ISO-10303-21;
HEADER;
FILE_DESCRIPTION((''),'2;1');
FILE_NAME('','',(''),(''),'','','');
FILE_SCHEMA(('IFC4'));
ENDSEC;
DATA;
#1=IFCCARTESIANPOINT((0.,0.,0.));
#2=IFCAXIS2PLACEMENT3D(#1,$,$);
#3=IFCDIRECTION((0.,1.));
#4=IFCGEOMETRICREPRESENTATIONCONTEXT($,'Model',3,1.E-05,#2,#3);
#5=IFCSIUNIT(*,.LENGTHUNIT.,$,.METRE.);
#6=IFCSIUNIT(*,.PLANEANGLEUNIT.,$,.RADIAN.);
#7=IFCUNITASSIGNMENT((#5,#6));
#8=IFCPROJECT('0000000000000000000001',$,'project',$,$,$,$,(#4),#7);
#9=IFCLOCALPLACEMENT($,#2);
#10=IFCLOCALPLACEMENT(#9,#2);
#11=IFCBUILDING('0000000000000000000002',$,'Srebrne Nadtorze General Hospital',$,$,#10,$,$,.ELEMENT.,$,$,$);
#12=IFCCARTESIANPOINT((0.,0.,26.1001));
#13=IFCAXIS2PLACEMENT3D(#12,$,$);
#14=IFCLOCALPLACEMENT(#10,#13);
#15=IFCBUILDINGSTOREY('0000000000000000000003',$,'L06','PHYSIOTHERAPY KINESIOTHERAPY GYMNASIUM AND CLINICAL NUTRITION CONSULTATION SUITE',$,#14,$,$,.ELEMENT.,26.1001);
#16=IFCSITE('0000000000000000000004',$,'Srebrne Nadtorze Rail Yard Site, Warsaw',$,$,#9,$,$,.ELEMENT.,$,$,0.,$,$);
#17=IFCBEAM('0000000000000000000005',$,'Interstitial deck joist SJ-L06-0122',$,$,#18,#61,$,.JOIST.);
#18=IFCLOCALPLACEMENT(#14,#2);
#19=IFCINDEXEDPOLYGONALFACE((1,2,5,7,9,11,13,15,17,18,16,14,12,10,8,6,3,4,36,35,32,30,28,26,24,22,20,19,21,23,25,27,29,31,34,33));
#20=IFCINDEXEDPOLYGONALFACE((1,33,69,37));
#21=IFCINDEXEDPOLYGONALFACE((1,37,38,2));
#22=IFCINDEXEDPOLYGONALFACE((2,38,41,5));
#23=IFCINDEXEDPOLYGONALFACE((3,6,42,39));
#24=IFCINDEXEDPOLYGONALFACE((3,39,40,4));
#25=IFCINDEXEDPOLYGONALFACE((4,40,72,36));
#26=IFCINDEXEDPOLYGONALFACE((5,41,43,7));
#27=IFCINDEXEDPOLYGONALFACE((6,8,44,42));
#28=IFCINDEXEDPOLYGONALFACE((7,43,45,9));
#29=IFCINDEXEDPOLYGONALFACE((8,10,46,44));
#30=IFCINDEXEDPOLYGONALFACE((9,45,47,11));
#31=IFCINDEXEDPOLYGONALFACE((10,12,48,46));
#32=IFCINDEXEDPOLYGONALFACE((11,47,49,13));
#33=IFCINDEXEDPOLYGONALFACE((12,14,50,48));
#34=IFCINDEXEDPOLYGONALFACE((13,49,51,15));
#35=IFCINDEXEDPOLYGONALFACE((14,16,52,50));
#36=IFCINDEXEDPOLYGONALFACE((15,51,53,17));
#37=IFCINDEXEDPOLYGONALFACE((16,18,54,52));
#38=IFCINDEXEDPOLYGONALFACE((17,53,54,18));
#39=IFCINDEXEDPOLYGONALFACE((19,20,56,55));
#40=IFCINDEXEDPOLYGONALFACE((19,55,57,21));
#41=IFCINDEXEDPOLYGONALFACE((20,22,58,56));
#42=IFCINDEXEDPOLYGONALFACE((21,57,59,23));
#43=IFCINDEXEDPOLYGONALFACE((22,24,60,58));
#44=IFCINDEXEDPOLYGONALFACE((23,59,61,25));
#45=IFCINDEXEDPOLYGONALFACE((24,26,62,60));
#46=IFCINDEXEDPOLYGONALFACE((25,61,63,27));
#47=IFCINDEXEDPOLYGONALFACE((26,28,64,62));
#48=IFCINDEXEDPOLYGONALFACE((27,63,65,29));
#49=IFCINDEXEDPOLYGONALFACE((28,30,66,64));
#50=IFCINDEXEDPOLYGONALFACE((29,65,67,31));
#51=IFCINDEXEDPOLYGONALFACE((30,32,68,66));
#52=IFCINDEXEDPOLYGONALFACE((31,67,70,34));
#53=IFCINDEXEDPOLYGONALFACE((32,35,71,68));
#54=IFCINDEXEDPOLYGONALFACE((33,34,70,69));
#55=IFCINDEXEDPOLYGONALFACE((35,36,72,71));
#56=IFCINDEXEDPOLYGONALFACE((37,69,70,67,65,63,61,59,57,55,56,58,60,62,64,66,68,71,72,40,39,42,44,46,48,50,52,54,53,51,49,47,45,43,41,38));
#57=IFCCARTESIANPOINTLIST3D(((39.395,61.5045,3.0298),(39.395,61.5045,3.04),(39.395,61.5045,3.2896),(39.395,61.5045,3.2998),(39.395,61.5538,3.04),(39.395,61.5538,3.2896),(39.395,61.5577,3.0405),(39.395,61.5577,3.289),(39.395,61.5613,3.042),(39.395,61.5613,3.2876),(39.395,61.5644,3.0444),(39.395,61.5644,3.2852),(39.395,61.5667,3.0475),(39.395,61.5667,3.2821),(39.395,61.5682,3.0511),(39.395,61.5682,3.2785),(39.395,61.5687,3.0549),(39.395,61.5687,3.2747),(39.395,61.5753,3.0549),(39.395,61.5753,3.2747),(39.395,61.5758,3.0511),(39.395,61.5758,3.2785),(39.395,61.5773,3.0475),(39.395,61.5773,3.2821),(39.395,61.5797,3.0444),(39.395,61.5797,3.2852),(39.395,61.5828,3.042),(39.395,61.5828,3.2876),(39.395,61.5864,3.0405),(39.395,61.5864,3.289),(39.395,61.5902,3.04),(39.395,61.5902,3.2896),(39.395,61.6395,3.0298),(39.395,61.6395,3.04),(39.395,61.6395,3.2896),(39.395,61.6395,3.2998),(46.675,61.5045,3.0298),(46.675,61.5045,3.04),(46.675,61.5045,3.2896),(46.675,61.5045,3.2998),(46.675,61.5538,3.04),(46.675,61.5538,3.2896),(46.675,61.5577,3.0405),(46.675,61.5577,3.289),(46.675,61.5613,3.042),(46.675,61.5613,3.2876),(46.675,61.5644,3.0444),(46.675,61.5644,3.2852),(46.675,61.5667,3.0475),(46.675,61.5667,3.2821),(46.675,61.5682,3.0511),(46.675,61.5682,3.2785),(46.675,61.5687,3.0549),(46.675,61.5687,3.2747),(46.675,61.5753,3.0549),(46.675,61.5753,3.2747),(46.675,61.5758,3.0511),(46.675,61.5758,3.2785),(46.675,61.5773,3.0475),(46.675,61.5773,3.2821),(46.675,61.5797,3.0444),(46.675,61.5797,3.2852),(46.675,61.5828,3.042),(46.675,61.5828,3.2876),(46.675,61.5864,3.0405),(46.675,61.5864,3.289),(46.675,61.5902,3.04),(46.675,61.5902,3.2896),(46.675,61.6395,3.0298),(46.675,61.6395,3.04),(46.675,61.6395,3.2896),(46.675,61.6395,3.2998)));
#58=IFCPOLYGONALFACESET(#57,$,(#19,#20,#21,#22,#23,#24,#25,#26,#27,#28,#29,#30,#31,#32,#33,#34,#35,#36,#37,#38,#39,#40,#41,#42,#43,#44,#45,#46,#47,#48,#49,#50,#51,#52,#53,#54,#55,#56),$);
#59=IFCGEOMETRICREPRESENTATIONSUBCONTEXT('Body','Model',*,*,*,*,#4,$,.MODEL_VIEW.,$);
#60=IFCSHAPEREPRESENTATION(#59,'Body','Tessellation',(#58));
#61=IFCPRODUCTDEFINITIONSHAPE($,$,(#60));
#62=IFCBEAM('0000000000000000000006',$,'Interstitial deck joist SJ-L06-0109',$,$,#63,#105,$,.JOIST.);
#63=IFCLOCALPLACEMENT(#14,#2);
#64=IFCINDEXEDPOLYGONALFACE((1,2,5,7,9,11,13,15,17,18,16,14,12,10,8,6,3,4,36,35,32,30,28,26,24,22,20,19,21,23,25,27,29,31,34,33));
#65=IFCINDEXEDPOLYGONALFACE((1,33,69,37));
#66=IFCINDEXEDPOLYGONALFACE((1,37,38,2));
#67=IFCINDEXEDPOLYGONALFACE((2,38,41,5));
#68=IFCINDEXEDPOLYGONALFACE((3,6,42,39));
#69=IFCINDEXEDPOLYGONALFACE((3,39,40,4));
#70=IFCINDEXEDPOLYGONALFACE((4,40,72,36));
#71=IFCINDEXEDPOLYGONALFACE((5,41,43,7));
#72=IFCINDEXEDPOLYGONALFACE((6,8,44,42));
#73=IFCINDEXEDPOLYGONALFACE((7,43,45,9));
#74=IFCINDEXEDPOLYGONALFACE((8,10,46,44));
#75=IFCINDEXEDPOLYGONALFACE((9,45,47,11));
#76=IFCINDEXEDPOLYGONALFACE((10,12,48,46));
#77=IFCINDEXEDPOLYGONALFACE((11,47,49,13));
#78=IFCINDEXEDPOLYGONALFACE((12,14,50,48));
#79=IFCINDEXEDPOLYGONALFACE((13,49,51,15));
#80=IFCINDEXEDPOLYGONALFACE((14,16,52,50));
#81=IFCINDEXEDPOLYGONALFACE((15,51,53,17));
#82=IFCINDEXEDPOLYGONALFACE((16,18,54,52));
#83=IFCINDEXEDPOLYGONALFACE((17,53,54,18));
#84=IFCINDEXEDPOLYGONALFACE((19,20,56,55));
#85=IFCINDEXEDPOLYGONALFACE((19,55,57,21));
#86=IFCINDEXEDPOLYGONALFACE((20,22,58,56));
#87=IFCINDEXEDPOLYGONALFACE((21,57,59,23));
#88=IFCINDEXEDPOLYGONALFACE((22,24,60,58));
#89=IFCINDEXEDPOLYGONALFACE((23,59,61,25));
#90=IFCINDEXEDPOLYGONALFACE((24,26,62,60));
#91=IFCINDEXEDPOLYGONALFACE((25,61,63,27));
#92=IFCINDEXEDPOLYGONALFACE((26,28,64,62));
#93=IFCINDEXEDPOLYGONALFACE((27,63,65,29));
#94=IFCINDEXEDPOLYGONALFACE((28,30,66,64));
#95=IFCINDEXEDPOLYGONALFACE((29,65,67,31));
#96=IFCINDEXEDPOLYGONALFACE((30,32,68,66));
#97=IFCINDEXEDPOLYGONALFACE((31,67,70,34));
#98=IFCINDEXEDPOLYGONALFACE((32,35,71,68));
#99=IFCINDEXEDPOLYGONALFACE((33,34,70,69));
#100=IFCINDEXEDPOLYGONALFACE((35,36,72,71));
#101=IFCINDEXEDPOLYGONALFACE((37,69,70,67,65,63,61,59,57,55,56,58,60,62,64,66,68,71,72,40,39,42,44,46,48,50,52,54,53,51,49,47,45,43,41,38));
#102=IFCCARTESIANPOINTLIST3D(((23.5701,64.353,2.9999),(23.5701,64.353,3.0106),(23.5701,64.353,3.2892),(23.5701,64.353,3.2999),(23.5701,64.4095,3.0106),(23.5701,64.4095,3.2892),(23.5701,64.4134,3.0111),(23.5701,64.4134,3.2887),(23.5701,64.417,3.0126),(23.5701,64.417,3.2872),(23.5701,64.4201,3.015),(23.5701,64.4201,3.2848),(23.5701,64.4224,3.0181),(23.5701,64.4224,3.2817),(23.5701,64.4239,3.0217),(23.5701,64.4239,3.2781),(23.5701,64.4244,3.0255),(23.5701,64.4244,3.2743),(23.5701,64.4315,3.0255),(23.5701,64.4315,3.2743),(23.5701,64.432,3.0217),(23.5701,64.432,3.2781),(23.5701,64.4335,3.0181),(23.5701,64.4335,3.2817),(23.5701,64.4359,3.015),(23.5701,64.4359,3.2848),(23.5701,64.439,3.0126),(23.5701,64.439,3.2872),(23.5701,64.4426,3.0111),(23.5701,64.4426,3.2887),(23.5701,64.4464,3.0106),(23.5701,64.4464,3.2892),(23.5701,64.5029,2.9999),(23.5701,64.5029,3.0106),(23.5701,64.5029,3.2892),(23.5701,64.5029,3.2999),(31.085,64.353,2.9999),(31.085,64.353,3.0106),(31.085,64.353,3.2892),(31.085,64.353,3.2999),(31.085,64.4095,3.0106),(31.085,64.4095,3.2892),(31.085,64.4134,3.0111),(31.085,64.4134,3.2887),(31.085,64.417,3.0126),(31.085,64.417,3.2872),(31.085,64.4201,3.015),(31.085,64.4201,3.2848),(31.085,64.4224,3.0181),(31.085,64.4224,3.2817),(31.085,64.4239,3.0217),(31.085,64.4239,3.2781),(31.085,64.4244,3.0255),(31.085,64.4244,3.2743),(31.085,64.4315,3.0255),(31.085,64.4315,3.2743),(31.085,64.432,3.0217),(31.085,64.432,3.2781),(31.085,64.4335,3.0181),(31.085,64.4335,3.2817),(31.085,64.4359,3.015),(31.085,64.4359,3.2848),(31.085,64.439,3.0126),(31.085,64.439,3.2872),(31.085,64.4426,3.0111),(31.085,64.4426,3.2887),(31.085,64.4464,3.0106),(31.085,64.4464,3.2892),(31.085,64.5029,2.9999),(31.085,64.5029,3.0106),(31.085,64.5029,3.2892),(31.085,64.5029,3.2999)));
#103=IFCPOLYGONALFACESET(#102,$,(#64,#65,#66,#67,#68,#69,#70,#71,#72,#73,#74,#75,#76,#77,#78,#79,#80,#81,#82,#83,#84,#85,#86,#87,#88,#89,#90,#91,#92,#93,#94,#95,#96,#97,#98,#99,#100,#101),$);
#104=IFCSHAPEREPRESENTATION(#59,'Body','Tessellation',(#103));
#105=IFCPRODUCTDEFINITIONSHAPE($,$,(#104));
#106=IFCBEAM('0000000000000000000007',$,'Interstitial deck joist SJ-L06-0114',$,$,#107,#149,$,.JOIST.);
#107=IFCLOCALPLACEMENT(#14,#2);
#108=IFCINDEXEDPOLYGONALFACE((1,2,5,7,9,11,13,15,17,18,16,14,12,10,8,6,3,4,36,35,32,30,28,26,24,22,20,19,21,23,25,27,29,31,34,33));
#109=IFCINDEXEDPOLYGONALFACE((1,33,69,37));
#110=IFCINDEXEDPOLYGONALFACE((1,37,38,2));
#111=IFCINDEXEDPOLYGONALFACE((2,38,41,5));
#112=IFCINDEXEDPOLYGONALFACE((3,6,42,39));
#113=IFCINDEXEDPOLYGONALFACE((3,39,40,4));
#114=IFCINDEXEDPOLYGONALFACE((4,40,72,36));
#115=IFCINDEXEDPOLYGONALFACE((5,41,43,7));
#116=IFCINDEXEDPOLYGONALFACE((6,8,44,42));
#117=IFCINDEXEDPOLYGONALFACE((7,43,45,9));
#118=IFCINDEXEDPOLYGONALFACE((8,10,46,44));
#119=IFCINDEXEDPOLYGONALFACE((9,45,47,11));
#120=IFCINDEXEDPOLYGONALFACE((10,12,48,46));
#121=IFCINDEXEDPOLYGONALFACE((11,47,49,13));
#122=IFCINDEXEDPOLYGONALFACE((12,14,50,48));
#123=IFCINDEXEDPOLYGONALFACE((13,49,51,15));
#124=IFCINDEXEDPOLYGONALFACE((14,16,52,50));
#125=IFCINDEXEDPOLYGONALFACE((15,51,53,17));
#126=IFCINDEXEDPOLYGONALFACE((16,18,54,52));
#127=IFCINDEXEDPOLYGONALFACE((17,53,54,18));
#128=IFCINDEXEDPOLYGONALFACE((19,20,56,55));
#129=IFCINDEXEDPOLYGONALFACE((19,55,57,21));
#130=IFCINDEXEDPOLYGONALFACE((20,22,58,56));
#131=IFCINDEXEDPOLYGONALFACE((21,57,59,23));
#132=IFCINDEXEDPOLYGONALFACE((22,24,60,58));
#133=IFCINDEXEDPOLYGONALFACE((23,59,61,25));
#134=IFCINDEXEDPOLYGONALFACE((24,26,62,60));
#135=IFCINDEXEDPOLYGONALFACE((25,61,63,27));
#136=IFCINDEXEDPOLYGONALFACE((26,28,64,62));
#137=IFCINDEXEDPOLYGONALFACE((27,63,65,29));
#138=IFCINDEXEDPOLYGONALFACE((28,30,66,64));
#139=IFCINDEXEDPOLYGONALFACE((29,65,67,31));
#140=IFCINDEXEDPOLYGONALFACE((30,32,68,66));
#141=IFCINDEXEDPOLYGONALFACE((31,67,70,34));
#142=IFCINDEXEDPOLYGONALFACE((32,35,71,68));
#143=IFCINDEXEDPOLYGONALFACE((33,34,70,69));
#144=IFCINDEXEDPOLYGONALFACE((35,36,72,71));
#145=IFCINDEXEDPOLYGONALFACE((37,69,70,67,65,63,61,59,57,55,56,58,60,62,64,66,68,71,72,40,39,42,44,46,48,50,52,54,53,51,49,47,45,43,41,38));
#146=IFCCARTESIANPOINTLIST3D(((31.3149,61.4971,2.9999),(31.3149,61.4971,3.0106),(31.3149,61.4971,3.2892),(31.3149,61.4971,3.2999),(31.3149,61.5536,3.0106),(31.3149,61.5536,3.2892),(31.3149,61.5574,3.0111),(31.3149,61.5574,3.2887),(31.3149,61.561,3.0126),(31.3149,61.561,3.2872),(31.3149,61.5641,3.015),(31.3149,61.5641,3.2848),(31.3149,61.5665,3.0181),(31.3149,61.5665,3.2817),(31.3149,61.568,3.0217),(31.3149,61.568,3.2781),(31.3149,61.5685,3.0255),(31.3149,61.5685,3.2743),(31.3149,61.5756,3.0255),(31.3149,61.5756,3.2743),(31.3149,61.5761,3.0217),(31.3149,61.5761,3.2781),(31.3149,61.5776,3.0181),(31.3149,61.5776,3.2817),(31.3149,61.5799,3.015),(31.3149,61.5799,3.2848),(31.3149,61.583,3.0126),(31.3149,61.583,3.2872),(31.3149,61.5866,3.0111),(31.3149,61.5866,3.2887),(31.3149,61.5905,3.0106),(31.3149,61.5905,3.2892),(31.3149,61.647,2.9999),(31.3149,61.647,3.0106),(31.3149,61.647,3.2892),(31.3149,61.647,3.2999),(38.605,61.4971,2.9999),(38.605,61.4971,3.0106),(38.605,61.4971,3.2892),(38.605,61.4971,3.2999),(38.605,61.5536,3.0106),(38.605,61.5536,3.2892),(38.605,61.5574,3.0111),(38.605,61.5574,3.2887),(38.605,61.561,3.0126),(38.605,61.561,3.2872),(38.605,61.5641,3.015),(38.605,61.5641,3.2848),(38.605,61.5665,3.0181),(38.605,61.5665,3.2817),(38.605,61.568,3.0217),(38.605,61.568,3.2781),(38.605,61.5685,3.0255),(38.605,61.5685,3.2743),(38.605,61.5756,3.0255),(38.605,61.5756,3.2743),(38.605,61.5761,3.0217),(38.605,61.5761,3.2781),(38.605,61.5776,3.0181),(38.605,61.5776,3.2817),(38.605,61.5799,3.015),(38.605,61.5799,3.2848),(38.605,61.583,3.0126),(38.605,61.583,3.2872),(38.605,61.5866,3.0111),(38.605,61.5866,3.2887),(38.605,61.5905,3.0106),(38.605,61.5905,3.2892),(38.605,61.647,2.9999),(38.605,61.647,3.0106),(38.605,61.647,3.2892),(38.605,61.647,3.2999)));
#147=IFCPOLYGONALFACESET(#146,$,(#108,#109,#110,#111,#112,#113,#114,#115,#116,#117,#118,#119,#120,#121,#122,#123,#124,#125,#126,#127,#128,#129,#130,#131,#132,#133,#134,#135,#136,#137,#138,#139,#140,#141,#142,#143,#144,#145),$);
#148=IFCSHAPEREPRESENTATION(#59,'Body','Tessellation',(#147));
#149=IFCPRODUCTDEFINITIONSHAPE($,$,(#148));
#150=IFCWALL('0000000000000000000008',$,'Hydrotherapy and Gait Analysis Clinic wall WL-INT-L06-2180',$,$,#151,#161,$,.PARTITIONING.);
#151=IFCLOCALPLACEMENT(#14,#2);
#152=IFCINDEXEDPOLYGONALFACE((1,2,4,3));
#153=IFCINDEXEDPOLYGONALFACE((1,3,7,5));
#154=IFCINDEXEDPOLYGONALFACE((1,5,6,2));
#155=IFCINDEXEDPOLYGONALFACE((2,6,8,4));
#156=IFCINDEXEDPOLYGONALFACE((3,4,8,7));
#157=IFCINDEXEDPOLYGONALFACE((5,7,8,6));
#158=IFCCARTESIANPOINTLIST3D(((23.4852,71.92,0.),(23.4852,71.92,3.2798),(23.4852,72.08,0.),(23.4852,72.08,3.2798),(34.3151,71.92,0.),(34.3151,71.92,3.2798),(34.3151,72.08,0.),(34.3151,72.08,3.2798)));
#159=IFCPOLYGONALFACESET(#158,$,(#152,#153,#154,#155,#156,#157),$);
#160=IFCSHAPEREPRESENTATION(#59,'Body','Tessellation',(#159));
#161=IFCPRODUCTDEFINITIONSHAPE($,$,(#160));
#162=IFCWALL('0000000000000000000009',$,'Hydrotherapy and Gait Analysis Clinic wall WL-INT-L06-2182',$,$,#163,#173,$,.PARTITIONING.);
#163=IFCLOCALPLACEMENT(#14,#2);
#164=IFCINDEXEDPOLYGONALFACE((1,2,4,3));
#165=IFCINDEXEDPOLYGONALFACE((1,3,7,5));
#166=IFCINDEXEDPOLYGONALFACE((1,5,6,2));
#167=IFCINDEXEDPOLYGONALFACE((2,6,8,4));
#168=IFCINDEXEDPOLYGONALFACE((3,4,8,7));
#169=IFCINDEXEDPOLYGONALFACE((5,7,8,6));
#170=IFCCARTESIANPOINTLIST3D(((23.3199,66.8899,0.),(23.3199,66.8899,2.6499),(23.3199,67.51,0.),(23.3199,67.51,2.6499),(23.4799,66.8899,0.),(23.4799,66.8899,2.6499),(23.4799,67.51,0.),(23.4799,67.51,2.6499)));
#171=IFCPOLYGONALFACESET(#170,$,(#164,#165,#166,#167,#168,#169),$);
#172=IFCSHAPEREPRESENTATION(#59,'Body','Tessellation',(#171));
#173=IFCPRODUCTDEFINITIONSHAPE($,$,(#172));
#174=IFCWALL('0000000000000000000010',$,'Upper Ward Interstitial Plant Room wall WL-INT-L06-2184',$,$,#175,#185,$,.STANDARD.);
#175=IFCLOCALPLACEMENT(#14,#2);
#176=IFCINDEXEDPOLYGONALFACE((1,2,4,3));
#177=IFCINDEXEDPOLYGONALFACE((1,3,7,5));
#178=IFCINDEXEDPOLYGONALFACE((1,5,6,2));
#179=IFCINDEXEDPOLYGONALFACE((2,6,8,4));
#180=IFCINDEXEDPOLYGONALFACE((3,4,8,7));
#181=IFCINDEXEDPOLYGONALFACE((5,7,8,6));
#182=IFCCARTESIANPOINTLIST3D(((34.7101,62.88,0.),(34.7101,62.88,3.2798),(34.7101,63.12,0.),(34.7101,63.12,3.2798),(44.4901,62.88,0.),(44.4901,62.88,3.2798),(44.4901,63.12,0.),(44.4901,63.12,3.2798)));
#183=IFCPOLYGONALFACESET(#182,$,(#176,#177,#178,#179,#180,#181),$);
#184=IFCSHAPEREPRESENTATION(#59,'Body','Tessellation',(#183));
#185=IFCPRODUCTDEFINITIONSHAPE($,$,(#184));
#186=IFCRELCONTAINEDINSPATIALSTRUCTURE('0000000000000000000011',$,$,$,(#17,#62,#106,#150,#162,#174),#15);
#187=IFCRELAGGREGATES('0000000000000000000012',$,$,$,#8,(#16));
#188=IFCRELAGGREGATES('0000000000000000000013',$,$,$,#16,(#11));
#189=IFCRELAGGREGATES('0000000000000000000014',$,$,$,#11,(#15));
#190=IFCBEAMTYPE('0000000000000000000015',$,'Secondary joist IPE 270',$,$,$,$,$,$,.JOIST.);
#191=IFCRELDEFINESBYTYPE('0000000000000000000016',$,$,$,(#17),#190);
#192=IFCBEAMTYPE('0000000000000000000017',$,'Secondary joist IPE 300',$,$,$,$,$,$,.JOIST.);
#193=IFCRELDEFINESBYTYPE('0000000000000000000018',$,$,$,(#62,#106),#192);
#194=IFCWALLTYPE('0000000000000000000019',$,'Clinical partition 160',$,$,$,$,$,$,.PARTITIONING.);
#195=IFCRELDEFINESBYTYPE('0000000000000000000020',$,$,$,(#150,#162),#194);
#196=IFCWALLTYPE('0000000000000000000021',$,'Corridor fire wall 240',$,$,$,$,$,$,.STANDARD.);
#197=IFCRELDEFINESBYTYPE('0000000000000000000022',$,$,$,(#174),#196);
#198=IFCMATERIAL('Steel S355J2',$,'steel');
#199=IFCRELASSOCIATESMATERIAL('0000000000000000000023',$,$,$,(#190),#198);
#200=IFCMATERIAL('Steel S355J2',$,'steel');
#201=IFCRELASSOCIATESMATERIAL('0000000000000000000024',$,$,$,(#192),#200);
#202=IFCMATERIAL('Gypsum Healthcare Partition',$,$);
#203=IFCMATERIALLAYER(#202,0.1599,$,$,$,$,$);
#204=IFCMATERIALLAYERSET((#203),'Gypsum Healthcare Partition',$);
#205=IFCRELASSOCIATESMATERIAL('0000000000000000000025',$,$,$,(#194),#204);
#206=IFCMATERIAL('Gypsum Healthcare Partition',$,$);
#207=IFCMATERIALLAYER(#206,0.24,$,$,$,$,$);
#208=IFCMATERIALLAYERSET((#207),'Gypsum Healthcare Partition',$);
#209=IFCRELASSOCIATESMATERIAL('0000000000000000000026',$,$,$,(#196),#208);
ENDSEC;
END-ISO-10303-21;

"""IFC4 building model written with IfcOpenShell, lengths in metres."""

from ifc_helpers import new_model, si_unit, direction, frame, frame_2d, origin, origin_2d, place, context, subcontext, project, spatial, rectangle, i_section, extrude, material, layer, layer_set, material_profile, profile_set, type_object, element, save


model = new_model("IFC4")

# Units and contexts
model_context = context("Model", 3, precision=1e-05, world=origin(), true_north=direction((0.0, 1.0)))
body_context = subcontext(model_context, "Body", "Model", "MODEL_VIEW")
ifc_project = project(units=[si_unit("LENGTHUNIT", "METRE"), si_unit("PLANEANGLEUNIT", "RADIAN")], contexts=[model_context])

# Site, building, storey
site_placement = place(None, origin())
site = spatial("IfcSite", under=ifc_project, at=site_placement, Name="Srebrne Nadtorze Rail Yard Site, Warsaw", CompositionType="ELEMENT", RefElevation=0.0)
building_placement = place(site_placement, origin())
building = spatial("IfcBuilding", under=site, at=building_placement, Name="Srebrne Nadtorze General Hospital", CompositionType="ELEMENT")
storey_placement = place(building_placement, frame((0.0, 0.0, 26.1001)))
storey = spatial("IfcBuildingStorey", under=building, at=storey_placement, Name="L06", Description="PHYSIOTHERAPY KINESIOTHERAPY GYMNASIUM AND CLINICAL NUTRITION CONSULTATION SUITE", CompositionType="ELEMENT", Elevation=26.1001)

# Beams
ifc_material_1 = material(Name="Steel S355J2", Category="steel")
ifc_material_profile_1 = material_profile(ifc_material_1, i_section(OverallWidth=0.135, OverallDepth=0.27, WebThickness=0.0066, FlangeThickness=0.0103, FilletRadius=0.0149, at=origin_2d()), Name="IPE-270")
ifc_profile_set_1 = profile_set([ifc_material_profile_1], Name="Steel S355J2")
beam_type_1 = type_object("IfcBeamType", Name="Secondary joist IPE 270", PredefinedType="JOIST", material=ifc_profile_set_1)
beam_1_placement = place(storey_placement, frame((39.395, 61.572, 3.1648), z_axis=(1.0, 0.0, 0.0), x_axis=(0.0, 1.0, 0.0)))
element("IfcBeam", 1, at=beam_1_placement, inside=storey, type_object=beam_type_1, Name="Interstitial deck joist SJ-L06-0122", PredefinedType="JOIST", context=body_context, shape_type="SweptSolid", body=[
    extrude(i_section(OverallWidth=0.135, OverallDepth=0.27, WebThickness=0.0066, FlangeThickness=0.0103, FilletRadius=0.0149, at=origin_2d()), origin(), (0.0, 0.0, 1.0), 7.28),
])
ifc_material_2 = material(Name="Steel S355J2", Category="steel")
ifc_material_profile_2 = material_profile(ifc_material_2, i_section(OverallWidth=0.1499, OverallDepth=0.3, WebThickness=0.0071, FlangeThickness=0.0107, FilletRadius=0.0149, at=origin_2d()), Name="IPE-300")
ifc_profile_set_2 = profile_set([ifc_material_profile_2], Name="Steel S355J2")
beam_type_2 = type_object("IfcBeamType", Name="Secondary joist IPE 300", PredefinedType="JOIST", material=ifc_profile_set_2)
beam_2_placement = place(storey_placement, frame((23.5701, 64.428, 3.1499), z_axis=(1.0, 0.0, 0.0), x_axis=(0.0, 1.0, 0.0)))
element("IfcBeam", 2, at=beam_2_placement, inside=storey, type_object=beam_type_2, Name="Interstitial deck joist SJ-L06-0109", PredefinedType="JOIST", context=body_context, shape_type="SweptSolid", body=[
    extrude(i_section(OverallWidth=0.1499, OverallDepth=0.3, WebThickness=0.0071, FlangeThickness=0.0107, FilletRadius=0.0149, at=origin_2d()), origin(), (0.0, 0.0, 1.0), 7.5149),
])
beam_3_placement = place(storey_placement, frame((31.3149, 61.572, 3.1499), z_axis=(1.0, 0.0, 0.0), x_axis=(0.0, 1.0, 0.0)))
element("IfcBeam", 3, at=beam_3_placement, inside=storey, type_object=beam_type_2, Name="Interstitial deck joist SJ-L06-0114", PredefinedType="JOIST", context=body_context, shape_type="SweptSolid", body=[
    extrude(i_section(OverallWidth=0.1499, OverallDepth=0.3, WebThickness=0.0071, FlangeThickness=0.0107, FilletRadius=0.0149, at=origin_2d()), origin(), (0.0, 0.0, 1.0), 7.29),
])

# Walls
ifc_material_3 = material(Name="Gypsum Healthcare Partition")
ifc_layer_1 = layer(ifc_material_3, 0.1599)
ifc_layer_set_1 = layer_set([ifc_layer_1], Name="Gypsum Healthcare Partition")
wall_type_1 = type_object("IfcWallType", Name="Clinical partition 160", PredefinedType="PARTITIONING", material=ifc_layer_set_1)
wall_1_placement = place(storey_placement, frame((23.4851, 72.0, 0.0), z_axis=(0.0, 0.0, 1.0), x_axis=(1.0, 0.0, 0.0)))
element("IfcWall", 4, at=wall_1_placement, inside=storey, type_object=wall_type_1, Name="Hydrotherapy and Gait Analysis Clinic wall WL-INT-L06-2180", PredefinedType="PARTITIONING", context=body_context, shape_type="SweptSolid", body=[
    extrude(rectangle(XDim=10.8298, YDim=0.1599, at=frame_2d((5.415, 0.0))), origin(), (0.0, 0.0, 1.0), 3.2798),
])
wall_2_placement = place(storey_placement, frame((23.3999, 66.8899, 0.0), z_axis=(0.0, 0.0, 1.0), x_axis=(0.0, 1.0, 0.0)))
element("IfcWall", 5, at=wall_2_placement, inside=storey, type_object=wall_type_1, Name="Hydrotherapy and Gait Analysis Clinic wall WL-INT-L06-2182", PredefinedType="PARTITIONING", context=body_context, shape_type="SweptSolid", body=[
    extrude(rectangle(XDim=0.6201, YDim=0.1599, at=frame_2d((0.3101, 0.0))), origin(), (0.0, 0.0, 1.0), 2.6499),
])
ifc_material_4 = material(Name="Gypsum Healthcare Partition")
ifc_layer_2 = layer(ifc_material_4, 0.24)
ifc_layer_set_2 = layer_set([ifc_layer_2], Name="Gypsum Healthcare Partition")
wall_type_2 = type_object("IfcWallType", Name="Corridor fire wall 240", PredefinedType="STANDARD", material=ifc_layer_set_2)
wall_3_placement = place(storey_placement, frame((34.71, 63.0, 0.0), z_axis=(0.0, 0.0, 1.0), x_axis=(1.0, 0.0, 0.0)))
element("IfcWall", 6, at=wall_3_placement, inside=storey, type_object=wall_type_2, Name="Upper Ward Interstitial Plant Room wall WL-INT-L06-2184", PredefinedType="STANDARD", context=body_context, shape_type="SweptSolid", body=[
    extrude(rectangle(XDim=9.78, YDim=0.24, at=frame_2d((4.8901, 0.0))), origin(), (0.0, 0.0, 1.0), 3.2798),
])

save(model, "model.ifc")
